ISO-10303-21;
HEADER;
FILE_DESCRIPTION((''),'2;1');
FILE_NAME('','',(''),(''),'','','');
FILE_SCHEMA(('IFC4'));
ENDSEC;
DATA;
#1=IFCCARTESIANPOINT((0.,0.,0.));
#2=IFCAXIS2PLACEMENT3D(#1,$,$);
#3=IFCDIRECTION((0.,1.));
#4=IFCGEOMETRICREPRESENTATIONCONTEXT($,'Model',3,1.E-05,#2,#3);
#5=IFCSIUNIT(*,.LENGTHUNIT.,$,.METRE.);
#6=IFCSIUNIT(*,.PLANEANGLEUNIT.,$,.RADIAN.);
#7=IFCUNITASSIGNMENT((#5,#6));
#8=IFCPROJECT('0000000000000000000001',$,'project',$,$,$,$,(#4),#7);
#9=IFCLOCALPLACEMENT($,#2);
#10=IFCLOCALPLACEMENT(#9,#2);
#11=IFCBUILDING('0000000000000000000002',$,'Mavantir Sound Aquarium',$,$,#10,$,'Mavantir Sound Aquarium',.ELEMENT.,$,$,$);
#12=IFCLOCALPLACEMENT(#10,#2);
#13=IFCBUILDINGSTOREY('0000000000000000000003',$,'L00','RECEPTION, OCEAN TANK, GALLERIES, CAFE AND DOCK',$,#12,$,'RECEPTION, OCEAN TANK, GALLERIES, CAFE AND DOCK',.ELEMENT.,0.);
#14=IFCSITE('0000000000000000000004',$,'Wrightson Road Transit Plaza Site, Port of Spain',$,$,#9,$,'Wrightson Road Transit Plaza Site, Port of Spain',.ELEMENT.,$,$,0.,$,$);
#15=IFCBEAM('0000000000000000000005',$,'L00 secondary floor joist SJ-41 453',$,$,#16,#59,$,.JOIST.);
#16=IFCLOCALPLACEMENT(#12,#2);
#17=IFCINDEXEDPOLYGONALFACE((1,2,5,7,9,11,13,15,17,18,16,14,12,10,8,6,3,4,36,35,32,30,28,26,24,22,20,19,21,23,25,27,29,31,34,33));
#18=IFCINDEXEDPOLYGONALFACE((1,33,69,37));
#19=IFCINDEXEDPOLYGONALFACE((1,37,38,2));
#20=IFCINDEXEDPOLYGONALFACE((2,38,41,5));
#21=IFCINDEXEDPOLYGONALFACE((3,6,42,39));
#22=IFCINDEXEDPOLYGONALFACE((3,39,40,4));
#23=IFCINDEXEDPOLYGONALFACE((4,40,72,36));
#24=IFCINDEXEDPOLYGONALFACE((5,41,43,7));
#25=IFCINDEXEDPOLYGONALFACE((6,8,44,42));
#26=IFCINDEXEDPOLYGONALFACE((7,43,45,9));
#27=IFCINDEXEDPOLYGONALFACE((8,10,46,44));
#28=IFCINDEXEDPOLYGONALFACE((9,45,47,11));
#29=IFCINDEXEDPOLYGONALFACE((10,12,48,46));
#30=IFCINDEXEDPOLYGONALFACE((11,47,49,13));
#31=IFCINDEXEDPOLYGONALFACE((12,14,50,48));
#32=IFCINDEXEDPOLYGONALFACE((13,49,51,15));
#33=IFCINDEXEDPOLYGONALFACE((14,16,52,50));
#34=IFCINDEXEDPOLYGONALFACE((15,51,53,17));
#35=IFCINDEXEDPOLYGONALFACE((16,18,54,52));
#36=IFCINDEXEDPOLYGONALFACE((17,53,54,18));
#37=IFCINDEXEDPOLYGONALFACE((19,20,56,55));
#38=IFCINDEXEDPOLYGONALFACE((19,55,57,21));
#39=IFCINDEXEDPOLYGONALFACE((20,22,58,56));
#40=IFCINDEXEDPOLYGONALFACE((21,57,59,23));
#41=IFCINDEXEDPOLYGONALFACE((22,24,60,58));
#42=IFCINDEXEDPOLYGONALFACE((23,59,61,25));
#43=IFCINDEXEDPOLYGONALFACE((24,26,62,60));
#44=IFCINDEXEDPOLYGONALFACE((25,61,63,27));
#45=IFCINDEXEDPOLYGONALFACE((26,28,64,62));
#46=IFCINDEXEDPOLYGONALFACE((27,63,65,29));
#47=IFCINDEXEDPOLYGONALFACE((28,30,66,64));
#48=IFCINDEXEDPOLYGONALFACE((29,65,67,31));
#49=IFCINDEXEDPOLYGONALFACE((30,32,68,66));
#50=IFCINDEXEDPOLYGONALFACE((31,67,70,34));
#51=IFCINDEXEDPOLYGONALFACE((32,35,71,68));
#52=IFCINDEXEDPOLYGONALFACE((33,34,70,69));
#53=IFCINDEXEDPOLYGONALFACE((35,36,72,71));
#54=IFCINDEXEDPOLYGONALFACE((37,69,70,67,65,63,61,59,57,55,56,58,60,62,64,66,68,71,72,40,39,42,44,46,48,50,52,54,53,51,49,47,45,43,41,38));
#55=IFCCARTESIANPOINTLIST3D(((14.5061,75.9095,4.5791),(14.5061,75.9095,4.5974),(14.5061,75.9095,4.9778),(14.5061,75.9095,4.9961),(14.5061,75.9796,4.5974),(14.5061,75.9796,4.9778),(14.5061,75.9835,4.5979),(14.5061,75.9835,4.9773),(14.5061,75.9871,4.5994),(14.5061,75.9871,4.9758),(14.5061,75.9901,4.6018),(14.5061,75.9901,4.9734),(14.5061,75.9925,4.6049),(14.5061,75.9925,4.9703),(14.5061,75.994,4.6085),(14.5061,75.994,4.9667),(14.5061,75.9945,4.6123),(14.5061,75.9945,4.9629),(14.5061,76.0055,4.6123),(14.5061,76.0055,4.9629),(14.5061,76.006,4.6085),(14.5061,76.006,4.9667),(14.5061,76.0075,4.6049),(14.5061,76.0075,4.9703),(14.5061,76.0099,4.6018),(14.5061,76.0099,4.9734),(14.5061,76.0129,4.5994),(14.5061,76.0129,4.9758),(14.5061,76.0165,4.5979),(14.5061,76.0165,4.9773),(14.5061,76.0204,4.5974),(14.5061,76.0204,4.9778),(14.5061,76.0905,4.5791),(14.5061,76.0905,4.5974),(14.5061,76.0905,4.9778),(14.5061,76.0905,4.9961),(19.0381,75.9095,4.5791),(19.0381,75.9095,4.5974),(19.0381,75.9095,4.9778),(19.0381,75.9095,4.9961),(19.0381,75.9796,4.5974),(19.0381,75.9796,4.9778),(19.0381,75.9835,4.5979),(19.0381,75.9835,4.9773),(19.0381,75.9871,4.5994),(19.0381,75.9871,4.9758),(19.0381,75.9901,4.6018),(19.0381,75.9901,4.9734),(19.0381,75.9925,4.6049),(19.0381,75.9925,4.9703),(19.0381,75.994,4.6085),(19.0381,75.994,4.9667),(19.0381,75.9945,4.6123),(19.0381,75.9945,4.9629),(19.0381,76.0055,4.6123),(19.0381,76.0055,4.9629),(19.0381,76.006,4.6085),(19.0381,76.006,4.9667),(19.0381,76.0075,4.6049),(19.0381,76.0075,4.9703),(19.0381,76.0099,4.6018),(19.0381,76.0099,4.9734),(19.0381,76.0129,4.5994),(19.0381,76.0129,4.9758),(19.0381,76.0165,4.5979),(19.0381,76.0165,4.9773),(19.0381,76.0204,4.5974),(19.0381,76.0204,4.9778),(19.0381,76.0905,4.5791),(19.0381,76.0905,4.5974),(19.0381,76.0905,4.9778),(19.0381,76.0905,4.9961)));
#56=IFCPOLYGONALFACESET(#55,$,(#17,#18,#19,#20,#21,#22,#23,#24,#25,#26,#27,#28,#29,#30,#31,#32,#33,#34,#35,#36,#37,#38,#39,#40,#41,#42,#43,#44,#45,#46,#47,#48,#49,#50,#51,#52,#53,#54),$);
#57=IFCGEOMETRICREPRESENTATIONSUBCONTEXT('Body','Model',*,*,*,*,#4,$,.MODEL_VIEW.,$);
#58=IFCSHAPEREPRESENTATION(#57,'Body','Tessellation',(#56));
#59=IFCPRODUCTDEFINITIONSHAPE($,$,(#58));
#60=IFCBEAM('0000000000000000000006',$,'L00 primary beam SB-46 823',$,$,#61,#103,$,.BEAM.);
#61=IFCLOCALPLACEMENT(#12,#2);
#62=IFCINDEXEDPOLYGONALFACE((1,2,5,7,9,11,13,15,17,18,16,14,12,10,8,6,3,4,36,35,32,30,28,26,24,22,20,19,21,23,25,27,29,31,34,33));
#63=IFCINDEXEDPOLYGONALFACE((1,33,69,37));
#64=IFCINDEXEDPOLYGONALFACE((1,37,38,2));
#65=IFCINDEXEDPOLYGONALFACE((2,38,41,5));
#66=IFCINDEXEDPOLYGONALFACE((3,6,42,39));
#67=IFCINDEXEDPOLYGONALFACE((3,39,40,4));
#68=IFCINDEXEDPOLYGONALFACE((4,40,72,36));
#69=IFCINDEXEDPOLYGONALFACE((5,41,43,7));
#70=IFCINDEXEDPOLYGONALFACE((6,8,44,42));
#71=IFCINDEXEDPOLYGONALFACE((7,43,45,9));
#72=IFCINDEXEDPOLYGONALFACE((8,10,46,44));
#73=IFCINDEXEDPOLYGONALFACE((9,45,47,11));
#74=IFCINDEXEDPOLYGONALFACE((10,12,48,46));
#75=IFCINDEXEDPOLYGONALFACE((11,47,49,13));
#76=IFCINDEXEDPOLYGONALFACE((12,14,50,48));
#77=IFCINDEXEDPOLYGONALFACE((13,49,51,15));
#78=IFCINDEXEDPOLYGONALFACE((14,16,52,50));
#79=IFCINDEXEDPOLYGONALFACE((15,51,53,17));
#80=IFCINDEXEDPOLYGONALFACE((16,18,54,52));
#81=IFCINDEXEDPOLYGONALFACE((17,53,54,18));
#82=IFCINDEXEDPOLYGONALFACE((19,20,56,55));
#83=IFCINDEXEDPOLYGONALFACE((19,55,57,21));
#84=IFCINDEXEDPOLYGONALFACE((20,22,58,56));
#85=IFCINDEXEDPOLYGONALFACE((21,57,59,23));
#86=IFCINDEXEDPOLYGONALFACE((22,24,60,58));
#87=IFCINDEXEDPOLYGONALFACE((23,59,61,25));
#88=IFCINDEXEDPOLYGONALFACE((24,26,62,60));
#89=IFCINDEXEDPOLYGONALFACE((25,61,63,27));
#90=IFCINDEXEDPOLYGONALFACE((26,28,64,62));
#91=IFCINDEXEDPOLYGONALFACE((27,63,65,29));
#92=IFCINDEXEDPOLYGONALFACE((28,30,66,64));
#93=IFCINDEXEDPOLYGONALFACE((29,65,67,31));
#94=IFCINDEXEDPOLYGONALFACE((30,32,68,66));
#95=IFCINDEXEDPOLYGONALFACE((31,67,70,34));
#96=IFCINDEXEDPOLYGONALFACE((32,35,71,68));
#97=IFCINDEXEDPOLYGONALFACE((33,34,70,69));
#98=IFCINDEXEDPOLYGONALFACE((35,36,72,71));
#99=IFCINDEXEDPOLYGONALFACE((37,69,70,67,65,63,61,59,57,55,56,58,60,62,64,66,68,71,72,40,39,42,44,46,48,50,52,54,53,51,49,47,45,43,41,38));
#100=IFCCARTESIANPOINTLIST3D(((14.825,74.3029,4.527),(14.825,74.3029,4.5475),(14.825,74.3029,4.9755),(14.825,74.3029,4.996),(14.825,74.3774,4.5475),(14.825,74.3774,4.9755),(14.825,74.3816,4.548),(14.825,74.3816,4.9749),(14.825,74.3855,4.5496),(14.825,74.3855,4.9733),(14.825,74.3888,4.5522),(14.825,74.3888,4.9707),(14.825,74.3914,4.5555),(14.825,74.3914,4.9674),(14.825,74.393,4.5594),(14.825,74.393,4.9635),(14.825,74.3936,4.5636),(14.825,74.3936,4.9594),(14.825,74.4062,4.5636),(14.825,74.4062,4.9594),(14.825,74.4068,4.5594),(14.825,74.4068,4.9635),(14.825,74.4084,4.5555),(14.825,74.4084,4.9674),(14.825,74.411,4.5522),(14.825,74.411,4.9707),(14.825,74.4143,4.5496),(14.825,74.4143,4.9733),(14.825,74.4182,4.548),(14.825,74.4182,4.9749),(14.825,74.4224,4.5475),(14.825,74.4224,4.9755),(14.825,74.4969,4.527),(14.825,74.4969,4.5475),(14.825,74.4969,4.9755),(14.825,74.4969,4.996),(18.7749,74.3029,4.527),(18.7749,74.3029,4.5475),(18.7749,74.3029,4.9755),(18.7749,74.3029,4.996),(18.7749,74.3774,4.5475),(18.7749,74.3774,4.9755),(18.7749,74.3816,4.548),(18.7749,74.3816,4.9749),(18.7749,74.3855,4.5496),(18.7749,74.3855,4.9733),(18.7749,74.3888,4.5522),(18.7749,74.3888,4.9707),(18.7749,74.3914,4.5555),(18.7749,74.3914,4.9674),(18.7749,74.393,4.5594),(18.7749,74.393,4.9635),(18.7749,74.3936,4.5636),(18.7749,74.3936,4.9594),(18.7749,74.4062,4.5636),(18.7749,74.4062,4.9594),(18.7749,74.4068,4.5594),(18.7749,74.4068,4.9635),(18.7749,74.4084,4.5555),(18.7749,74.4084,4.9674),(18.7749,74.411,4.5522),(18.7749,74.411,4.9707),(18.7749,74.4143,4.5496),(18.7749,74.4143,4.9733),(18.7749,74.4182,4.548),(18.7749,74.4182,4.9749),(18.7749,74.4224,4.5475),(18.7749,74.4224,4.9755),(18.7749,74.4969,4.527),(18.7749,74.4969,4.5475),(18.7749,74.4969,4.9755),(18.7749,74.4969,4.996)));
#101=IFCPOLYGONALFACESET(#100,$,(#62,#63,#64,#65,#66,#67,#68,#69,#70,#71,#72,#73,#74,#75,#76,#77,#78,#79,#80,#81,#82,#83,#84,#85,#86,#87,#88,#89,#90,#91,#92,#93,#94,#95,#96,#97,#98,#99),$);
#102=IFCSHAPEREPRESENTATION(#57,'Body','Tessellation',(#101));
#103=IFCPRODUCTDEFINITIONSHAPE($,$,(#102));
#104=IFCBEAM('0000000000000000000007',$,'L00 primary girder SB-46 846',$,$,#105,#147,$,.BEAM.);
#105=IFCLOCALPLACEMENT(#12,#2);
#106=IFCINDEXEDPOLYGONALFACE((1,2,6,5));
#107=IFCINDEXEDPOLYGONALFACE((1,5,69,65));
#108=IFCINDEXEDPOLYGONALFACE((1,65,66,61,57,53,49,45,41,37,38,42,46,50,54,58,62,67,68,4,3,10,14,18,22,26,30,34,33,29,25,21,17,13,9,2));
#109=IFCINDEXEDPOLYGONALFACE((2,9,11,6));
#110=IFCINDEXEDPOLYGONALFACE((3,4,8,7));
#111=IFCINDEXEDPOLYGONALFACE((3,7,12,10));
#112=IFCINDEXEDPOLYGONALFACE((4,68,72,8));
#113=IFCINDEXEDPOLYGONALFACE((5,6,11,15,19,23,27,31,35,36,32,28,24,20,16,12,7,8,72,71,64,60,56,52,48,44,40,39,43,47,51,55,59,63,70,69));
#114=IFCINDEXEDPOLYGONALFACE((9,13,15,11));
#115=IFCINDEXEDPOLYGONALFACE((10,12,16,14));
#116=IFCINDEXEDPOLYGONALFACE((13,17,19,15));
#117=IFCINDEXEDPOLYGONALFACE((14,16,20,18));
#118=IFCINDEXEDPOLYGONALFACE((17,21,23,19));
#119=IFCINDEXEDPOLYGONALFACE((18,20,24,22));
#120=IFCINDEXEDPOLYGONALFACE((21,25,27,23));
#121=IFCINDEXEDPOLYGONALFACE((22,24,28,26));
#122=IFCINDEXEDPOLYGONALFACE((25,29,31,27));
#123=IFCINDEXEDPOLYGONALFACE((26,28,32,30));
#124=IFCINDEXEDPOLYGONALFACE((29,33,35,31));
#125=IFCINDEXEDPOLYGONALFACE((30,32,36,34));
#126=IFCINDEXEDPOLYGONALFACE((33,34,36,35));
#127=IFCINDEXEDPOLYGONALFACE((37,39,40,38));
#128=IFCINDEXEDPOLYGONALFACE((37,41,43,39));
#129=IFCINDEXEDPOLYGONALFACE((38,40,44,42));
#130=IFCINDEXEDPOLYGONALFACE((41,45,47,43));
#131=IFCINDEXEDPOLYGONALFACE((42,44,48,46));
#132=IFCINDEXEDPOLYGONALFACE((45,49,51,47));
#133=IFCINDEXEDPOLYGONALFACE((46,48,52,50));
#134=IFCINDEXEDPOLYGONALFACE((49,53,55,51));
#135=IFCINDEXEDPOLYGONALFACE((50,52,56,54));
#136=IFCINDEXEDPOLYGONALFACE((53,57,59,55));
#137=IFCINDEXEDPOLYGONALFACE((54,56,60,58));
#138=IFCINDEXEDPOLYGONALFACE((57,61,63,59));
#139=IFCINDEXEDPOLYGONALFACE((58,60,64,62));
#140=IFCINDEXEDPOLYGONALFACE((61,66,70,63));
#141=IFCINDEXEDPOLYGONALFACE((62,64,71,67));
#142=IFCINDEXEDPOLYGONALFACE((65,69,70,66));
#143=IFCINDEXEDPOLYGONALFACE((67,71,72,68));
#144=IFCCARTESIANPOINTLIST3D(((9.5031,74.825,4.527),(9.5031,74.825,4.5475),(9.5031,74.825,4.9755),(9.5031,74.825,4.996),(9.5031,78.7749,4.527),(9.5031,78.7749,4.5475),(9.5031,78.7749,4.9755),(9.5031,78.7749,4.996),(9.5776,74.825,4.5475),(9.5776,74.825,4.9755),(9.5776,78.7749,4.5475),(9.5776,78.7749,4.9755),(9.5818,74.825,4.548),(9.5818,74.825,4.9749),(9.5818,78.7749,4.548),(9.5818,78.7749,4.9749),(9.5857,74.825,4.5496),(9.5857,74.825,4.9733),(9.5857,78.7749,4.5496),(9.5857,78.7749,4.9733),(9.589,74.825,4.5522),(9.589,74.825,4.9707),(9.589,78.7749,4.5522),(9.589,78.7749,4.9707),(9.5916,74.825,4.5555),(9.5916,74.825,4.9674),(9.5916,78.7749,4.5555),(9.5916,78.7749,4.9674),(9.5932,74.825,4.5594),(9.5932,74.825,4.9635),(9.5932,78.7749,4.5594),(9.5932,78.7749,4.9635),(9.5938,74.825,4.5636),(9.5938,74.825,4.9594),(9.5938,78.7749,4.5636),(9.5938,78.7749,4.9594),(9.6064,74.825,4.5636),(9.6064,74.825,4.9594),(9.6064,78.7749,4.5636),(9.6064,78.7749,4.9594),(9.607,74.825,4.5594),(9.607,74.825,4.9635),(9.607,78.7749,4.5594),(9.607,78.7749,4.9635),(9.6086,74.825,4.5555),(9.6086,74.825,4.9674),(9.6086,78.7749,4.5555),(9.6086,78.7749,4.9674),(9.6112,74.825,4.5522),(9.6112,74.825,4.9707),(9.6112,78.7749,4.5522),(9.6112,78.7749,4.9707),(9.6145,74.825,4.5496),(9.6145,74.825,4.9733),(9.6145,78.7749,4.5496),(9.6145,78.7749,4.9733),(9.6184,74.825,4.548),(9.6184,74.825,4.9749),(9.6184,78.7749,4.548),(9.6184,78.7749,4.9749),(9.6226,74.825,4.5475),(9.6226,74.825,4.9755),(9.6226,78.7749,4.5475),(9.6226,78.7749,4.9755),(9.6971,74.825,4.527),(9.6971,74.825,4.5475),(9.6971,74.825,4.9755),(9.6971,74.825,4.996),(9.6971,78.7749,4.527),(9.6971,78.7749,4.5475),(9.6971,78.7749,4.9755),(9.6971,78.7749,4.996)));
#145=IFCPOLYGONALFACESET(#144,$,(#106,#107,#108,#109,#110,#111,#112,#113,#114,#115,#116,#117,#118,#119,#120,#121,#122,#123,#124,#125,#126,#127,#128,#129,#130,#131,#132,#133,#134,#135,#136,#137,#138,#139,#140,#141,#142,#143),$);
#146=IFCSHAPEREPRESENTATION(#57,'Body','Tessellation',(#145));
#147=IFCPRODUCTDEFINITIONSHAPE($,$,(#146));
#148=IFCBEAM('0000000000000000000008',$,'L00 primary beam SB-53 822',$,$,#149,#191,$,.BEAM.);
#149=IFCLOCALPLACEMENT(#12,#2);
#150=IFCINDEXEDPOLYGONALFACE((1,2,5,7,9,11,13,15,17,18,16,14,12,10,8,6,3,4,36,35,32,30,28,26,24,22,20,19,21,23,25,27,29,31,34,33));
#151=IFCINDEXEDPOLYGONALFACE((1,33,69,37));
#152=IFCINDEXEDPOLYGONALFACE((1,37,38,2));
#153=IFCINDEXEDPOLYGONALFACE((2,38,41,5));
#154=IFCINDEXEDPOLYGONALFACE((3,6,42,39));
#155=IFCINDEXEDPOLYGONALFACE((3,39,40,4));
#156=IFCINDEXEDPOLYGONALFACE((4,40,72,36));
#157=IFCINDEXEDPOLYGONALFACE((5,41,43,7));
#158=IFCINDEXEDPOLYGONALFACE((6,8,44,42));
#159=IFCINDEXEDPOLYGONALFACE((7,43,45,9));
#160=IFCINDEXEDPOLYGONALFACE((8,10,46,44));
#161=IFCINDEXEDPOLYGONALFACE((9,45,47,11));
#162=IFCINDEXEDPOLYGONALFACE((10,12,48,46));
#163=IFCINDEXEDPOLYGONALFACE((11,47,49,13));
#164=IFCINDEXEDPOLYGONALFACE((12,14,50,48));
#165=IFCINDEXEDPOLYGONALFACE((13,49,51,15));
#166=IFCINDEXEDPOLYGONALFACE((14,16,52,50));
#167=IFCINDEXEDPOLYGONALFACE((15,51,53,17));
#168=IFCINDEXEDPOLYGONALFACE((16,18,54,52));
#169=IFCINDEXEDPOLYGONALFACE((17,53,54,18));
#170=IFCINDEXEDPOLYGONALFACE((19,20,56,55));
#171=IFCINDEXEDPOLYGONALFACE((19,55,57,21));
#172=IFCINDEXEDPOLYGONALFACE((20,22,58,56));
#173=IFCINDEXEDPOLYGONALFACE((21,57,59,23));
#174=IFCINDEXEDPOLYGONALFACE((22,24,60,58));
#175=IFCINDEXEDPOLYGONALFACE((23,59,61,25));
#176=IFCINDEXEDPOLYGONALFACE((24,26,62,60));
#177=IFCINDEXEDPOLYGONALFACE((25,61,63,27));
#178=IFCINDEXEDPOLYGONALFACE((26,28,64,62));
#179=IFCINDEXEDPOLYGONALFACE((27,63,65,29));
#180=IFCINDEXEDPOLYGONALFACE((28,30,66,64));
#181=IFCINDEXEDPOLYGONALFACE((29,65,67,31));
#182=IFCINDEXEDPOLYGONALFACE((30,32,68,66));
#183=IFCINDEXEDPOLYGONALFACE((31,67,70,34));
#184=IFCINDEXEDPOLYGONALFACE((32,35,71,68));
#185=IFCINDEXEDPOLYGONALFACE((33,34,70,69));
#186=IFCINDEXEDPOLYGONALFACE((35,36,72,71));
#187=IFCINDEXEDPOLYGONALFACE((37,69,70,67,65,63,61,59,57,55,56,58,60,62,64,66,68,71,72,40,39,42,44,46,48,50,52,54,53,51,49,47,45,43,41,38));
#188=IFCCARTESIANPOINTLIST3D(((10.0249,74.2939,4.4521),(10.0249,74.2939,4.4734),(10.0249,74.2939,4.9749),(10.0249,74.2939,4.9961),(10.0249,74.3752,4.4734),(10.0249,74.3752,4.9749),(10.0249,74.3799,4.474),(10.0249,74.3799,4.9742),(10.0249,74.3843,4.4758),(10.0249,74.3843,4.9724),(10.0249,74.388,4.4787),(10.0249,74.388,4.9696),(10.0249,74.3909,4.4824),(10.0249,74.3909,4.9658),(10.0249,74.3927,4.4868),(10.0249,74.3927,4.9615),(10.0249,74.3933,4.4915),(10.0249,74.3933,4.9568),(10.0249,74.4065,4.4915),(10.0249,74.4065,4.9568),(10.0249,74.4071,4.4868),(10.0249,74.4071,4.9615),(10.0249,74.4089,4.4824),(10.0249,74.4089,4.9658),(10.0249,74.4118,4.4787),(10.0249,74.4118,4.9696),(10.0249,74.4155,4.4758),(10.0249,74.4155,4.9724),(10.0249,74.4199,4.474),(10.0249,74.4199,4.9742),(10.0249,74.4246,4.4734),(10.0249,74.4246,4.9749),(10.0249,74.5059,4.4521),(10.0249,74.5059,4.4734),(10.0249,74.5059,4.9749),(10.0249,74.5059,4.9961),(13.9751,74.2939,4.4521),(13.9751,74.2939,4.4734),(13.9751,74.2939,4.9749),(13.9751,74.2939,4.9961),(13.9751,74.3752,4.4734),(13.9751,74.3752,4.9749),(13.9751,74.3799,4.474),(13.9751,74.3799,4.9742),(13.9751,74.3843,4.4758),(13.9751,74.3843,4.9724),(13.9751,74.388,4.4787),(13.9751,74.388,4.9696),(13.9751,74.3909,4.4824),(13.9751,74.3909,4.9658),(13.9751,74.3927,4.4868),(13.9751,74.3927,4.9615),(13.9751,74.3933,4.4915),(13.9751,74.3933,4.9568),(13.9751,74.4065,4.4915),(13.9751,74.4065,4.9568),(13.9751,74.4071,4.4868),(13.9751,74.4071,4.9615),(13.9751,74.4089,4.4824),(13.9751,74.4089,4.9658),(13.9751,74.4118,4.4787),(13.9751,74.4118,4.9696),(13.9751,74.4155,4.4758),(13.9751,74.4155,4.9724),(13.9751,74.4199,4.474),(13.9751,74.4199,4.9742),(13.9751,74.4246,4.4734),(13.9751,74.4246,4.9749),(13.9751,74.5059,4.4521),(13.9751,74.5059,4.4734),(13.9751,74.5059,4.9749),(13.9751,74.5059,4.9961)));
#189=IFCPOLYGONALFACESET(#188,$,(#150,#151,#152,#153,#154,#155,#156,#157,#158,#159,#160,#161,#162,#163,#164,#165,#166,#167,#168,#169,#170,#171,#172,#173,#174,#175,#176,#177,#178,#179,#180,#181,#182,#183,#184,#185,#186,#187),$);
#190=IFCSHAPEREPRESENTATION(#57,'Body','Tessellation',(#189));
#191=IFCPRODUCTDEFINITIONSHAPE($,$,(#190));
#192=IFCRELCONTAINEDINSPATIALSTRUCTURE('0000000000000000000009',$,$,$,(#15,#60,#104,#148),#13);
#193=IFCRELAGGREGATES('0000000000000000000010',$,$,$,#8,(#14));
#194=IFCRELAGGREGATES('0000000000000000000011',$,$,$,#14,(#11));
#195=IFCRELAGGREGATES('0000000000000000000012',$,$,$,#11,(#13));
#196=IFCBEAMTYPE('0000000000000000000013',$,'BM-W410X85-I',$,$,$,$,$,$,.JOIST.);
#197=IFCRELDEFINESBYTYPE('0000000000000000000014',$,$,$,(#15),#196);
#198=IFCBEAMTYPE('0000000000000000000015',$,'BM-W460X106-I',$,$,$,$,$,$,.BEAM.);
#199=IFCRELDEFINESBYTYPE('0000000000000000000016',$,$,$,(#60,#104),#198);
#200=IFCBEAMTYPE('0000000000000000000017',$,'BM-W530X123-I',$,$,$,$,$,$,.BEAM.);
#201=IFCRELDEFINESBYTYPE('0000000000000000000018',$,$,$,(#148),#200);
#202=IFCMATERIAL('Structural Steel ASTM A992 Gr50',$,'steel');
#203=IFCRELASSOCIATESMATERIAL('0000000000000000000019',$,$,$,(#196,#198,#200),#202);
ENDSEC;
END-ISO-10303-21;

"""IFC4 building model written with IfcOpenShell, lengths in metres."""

from ifc_helpers import new_model, si_unit, direction, frame, origin, origin_2d, place, context, subcontext, project, spatial, i_section, extrude, material, material_profile, profile_set, type_object, element, save


model = new_model("IFC4")

# Units and contexts
model_context = context("Model", 3, precision=1e-05, world=origin(), true_north=direction((0.0, 1.0)))
body_context = subcontext(model_context, "Body", "Model", "MODEL_VIEW")
ifc_project = project(units=[si_unit("LENGTHUNIT", "METRE"), si_unit("PLANEANGLEUNIT", "RADIAN")], contexts=[model_context])

# Site, building, storey
site_placement = place(None, origin())
site = spatial("IfcSite", under=ifc_project, at=site_placement, Name="Wrightson Road Transit Plaza Site, Port of Spain", LongName="Wrightson Road Transit Plaza Site, Port of Spain", CompositionType="ELEMENT", RefElevation=0.0)
building_placement = place(site_placement, origin())
building = spatial("IfcBuilding", under=site, at=building_placement, Name="Mavantir Sound Aquarium", LongName="Mavantir Sound Aquarium", CompositionType="ELEMENT")
storey_placement = place(building_placement, origin())
storey = spatial("IfcBuildingStorey", under=building, at=storey_placement, Name="L00", Description="RECEPTION, OCEAN TANK, GALLERIES, CAFE AND DOCK", LongName="RECEPTION, OCEAN TANK, GALLERIES, CAFE AND DOCK", CompositionType="ELEMENT", Elevation=0.0)

# Beams
ifc_material_1 = material(Name="Structural Steel ASTM A992 Gr50", Category="steel")
ifc_material_profile_1 = material_profile(ifc_material_1, i_section(OverallWidth=0.1809, OverallDepth=0.417, WebThickness=0.011, FlangeThickness=0.0183, FilletRadius=0.0149, at=origin_2d()), Name="W410X85")
ifc_profile_set_1 = profile_set([ifc_material_profile_1], Name="Structural Steel ASTM A992 Gr50")
beam_type_1 = type_object("IfcBeamType", Name="BM-W410X85-I", PredefinedType="JOIST", material=ifc_profile_set_1)
beam_1_placement = place(storey_placement, frame((14.5061, 76.0, 4.7876), z_axis=(1.0, 0.0, 0.0), x_axis=(0.0, 1.0, 0.0)))
element("IfcBeam", 1, at=beam_1_placement, inside=storey, type_object=beam_type_1, Name="L00 secondary floor joist SJ-41 453", PredefinedType="JOIST", context=body_context, shape_type="SweptSolid", body=[
    extrude(i_section(OverallWidth=0.1809, OverallDepth=0.417, WebThickness=0.011, FlangeThickness=0.0183, FilletRadius=0.0149, at=origin_2d()), origin(), (0.0, 0.0, 1.0), 4.532),
])
ifc_material_profile_2 = material_profile(ifc_material_1, i_section(OverallWidth=0.1941, OverallDepth=0.469, WebThickness=0.0127, FlangeThickness=0.0205, FilletRadius=0.0161, at=origin_2d()), Name="W460X106")
ifc_profile_set_2 = profile_set([ifc_material_profile_2], Name="Structural Steel ASTM A992 Gr50")
beam_type_2 = type_object("IfcBeamType", Name="BM-W460X106-I", PredefinedType="BEAM", material=ifc_profile_set_2)
for number, where, z_axis, x_axis, name in (
    (2, (14.825, 74.3999, 4.7615), (1.0, 0.0, 0.0), (0.0, 1.0, 0.0), "L00 primary beam SB-46 823"),
    (3, (9.6001, 74.825, 4.7615), (0.0, 1.0, 0.0), (-1.0, 0.0, 0.0), "L00 primary girder SB-46 846"),
):
    element("IfcBeam", number, at=place(storey_placement, frame(where, z_axis=z_axis, x_axis=x_axis)), inside=storey, type_object=beam_type_2, Name=name, PredefinedType="BEAM", context=body_context, shape_type="SweptSolid", body=[
        extrude(i_section(OverallWidth=0.1941, OverallDepth=0.469, WebThickness=0.0127, FlangeThickness=0.0205, FilletRadius=0.0161, at=origin_2d()), origin(), (0.0, 0.0, 1.0), 3.95),
    ])
ifc_material_profile_3 = material_profile(ifc_material_1, i_section(OverallWidth=0.2119, OverallDepth=0.5439, WebThickness=0.0132, FlangeThickness=0.0212, FilletRadius=0.0181, at=origin_2d()), Name="W530X123")
ifc_profile_set_3 = profile_set([ifc_material_profile_3], Name="Structural Steel ASTM A992 Gr50")
beam_type_3 = type_object("IfcBeamType", Name="BM-W530X123-I", PredefinedType="BEAM", material=ifc_profile_set_3)
beam_2_placement = place(storey_placement, frame((10.0249, 74.3999, 4.7241), z_axis=(1.0, 0.0, 0.0), x_axis=(0.0, 1.0, 0.0)))
element("IfcBeam", 4, at=beam_2_placement, inside=storey, type_object=beam_type_3, Name="L00 primary beam SB-53 822", PredefinedType="BEAM", context=body_context, shape_type="SweptSolid", body=[
    extrude(i_section(OverallWidth=0.2119, OverallDepth=0.5439, WebThickness=0.0132, FlangeThickness=0.0212, FilletRadius=0.0181, at=origin_2d()), origin(), (0.0, 0.0, 1.0), 3.9502),
])

save(model, "model.ifc")
